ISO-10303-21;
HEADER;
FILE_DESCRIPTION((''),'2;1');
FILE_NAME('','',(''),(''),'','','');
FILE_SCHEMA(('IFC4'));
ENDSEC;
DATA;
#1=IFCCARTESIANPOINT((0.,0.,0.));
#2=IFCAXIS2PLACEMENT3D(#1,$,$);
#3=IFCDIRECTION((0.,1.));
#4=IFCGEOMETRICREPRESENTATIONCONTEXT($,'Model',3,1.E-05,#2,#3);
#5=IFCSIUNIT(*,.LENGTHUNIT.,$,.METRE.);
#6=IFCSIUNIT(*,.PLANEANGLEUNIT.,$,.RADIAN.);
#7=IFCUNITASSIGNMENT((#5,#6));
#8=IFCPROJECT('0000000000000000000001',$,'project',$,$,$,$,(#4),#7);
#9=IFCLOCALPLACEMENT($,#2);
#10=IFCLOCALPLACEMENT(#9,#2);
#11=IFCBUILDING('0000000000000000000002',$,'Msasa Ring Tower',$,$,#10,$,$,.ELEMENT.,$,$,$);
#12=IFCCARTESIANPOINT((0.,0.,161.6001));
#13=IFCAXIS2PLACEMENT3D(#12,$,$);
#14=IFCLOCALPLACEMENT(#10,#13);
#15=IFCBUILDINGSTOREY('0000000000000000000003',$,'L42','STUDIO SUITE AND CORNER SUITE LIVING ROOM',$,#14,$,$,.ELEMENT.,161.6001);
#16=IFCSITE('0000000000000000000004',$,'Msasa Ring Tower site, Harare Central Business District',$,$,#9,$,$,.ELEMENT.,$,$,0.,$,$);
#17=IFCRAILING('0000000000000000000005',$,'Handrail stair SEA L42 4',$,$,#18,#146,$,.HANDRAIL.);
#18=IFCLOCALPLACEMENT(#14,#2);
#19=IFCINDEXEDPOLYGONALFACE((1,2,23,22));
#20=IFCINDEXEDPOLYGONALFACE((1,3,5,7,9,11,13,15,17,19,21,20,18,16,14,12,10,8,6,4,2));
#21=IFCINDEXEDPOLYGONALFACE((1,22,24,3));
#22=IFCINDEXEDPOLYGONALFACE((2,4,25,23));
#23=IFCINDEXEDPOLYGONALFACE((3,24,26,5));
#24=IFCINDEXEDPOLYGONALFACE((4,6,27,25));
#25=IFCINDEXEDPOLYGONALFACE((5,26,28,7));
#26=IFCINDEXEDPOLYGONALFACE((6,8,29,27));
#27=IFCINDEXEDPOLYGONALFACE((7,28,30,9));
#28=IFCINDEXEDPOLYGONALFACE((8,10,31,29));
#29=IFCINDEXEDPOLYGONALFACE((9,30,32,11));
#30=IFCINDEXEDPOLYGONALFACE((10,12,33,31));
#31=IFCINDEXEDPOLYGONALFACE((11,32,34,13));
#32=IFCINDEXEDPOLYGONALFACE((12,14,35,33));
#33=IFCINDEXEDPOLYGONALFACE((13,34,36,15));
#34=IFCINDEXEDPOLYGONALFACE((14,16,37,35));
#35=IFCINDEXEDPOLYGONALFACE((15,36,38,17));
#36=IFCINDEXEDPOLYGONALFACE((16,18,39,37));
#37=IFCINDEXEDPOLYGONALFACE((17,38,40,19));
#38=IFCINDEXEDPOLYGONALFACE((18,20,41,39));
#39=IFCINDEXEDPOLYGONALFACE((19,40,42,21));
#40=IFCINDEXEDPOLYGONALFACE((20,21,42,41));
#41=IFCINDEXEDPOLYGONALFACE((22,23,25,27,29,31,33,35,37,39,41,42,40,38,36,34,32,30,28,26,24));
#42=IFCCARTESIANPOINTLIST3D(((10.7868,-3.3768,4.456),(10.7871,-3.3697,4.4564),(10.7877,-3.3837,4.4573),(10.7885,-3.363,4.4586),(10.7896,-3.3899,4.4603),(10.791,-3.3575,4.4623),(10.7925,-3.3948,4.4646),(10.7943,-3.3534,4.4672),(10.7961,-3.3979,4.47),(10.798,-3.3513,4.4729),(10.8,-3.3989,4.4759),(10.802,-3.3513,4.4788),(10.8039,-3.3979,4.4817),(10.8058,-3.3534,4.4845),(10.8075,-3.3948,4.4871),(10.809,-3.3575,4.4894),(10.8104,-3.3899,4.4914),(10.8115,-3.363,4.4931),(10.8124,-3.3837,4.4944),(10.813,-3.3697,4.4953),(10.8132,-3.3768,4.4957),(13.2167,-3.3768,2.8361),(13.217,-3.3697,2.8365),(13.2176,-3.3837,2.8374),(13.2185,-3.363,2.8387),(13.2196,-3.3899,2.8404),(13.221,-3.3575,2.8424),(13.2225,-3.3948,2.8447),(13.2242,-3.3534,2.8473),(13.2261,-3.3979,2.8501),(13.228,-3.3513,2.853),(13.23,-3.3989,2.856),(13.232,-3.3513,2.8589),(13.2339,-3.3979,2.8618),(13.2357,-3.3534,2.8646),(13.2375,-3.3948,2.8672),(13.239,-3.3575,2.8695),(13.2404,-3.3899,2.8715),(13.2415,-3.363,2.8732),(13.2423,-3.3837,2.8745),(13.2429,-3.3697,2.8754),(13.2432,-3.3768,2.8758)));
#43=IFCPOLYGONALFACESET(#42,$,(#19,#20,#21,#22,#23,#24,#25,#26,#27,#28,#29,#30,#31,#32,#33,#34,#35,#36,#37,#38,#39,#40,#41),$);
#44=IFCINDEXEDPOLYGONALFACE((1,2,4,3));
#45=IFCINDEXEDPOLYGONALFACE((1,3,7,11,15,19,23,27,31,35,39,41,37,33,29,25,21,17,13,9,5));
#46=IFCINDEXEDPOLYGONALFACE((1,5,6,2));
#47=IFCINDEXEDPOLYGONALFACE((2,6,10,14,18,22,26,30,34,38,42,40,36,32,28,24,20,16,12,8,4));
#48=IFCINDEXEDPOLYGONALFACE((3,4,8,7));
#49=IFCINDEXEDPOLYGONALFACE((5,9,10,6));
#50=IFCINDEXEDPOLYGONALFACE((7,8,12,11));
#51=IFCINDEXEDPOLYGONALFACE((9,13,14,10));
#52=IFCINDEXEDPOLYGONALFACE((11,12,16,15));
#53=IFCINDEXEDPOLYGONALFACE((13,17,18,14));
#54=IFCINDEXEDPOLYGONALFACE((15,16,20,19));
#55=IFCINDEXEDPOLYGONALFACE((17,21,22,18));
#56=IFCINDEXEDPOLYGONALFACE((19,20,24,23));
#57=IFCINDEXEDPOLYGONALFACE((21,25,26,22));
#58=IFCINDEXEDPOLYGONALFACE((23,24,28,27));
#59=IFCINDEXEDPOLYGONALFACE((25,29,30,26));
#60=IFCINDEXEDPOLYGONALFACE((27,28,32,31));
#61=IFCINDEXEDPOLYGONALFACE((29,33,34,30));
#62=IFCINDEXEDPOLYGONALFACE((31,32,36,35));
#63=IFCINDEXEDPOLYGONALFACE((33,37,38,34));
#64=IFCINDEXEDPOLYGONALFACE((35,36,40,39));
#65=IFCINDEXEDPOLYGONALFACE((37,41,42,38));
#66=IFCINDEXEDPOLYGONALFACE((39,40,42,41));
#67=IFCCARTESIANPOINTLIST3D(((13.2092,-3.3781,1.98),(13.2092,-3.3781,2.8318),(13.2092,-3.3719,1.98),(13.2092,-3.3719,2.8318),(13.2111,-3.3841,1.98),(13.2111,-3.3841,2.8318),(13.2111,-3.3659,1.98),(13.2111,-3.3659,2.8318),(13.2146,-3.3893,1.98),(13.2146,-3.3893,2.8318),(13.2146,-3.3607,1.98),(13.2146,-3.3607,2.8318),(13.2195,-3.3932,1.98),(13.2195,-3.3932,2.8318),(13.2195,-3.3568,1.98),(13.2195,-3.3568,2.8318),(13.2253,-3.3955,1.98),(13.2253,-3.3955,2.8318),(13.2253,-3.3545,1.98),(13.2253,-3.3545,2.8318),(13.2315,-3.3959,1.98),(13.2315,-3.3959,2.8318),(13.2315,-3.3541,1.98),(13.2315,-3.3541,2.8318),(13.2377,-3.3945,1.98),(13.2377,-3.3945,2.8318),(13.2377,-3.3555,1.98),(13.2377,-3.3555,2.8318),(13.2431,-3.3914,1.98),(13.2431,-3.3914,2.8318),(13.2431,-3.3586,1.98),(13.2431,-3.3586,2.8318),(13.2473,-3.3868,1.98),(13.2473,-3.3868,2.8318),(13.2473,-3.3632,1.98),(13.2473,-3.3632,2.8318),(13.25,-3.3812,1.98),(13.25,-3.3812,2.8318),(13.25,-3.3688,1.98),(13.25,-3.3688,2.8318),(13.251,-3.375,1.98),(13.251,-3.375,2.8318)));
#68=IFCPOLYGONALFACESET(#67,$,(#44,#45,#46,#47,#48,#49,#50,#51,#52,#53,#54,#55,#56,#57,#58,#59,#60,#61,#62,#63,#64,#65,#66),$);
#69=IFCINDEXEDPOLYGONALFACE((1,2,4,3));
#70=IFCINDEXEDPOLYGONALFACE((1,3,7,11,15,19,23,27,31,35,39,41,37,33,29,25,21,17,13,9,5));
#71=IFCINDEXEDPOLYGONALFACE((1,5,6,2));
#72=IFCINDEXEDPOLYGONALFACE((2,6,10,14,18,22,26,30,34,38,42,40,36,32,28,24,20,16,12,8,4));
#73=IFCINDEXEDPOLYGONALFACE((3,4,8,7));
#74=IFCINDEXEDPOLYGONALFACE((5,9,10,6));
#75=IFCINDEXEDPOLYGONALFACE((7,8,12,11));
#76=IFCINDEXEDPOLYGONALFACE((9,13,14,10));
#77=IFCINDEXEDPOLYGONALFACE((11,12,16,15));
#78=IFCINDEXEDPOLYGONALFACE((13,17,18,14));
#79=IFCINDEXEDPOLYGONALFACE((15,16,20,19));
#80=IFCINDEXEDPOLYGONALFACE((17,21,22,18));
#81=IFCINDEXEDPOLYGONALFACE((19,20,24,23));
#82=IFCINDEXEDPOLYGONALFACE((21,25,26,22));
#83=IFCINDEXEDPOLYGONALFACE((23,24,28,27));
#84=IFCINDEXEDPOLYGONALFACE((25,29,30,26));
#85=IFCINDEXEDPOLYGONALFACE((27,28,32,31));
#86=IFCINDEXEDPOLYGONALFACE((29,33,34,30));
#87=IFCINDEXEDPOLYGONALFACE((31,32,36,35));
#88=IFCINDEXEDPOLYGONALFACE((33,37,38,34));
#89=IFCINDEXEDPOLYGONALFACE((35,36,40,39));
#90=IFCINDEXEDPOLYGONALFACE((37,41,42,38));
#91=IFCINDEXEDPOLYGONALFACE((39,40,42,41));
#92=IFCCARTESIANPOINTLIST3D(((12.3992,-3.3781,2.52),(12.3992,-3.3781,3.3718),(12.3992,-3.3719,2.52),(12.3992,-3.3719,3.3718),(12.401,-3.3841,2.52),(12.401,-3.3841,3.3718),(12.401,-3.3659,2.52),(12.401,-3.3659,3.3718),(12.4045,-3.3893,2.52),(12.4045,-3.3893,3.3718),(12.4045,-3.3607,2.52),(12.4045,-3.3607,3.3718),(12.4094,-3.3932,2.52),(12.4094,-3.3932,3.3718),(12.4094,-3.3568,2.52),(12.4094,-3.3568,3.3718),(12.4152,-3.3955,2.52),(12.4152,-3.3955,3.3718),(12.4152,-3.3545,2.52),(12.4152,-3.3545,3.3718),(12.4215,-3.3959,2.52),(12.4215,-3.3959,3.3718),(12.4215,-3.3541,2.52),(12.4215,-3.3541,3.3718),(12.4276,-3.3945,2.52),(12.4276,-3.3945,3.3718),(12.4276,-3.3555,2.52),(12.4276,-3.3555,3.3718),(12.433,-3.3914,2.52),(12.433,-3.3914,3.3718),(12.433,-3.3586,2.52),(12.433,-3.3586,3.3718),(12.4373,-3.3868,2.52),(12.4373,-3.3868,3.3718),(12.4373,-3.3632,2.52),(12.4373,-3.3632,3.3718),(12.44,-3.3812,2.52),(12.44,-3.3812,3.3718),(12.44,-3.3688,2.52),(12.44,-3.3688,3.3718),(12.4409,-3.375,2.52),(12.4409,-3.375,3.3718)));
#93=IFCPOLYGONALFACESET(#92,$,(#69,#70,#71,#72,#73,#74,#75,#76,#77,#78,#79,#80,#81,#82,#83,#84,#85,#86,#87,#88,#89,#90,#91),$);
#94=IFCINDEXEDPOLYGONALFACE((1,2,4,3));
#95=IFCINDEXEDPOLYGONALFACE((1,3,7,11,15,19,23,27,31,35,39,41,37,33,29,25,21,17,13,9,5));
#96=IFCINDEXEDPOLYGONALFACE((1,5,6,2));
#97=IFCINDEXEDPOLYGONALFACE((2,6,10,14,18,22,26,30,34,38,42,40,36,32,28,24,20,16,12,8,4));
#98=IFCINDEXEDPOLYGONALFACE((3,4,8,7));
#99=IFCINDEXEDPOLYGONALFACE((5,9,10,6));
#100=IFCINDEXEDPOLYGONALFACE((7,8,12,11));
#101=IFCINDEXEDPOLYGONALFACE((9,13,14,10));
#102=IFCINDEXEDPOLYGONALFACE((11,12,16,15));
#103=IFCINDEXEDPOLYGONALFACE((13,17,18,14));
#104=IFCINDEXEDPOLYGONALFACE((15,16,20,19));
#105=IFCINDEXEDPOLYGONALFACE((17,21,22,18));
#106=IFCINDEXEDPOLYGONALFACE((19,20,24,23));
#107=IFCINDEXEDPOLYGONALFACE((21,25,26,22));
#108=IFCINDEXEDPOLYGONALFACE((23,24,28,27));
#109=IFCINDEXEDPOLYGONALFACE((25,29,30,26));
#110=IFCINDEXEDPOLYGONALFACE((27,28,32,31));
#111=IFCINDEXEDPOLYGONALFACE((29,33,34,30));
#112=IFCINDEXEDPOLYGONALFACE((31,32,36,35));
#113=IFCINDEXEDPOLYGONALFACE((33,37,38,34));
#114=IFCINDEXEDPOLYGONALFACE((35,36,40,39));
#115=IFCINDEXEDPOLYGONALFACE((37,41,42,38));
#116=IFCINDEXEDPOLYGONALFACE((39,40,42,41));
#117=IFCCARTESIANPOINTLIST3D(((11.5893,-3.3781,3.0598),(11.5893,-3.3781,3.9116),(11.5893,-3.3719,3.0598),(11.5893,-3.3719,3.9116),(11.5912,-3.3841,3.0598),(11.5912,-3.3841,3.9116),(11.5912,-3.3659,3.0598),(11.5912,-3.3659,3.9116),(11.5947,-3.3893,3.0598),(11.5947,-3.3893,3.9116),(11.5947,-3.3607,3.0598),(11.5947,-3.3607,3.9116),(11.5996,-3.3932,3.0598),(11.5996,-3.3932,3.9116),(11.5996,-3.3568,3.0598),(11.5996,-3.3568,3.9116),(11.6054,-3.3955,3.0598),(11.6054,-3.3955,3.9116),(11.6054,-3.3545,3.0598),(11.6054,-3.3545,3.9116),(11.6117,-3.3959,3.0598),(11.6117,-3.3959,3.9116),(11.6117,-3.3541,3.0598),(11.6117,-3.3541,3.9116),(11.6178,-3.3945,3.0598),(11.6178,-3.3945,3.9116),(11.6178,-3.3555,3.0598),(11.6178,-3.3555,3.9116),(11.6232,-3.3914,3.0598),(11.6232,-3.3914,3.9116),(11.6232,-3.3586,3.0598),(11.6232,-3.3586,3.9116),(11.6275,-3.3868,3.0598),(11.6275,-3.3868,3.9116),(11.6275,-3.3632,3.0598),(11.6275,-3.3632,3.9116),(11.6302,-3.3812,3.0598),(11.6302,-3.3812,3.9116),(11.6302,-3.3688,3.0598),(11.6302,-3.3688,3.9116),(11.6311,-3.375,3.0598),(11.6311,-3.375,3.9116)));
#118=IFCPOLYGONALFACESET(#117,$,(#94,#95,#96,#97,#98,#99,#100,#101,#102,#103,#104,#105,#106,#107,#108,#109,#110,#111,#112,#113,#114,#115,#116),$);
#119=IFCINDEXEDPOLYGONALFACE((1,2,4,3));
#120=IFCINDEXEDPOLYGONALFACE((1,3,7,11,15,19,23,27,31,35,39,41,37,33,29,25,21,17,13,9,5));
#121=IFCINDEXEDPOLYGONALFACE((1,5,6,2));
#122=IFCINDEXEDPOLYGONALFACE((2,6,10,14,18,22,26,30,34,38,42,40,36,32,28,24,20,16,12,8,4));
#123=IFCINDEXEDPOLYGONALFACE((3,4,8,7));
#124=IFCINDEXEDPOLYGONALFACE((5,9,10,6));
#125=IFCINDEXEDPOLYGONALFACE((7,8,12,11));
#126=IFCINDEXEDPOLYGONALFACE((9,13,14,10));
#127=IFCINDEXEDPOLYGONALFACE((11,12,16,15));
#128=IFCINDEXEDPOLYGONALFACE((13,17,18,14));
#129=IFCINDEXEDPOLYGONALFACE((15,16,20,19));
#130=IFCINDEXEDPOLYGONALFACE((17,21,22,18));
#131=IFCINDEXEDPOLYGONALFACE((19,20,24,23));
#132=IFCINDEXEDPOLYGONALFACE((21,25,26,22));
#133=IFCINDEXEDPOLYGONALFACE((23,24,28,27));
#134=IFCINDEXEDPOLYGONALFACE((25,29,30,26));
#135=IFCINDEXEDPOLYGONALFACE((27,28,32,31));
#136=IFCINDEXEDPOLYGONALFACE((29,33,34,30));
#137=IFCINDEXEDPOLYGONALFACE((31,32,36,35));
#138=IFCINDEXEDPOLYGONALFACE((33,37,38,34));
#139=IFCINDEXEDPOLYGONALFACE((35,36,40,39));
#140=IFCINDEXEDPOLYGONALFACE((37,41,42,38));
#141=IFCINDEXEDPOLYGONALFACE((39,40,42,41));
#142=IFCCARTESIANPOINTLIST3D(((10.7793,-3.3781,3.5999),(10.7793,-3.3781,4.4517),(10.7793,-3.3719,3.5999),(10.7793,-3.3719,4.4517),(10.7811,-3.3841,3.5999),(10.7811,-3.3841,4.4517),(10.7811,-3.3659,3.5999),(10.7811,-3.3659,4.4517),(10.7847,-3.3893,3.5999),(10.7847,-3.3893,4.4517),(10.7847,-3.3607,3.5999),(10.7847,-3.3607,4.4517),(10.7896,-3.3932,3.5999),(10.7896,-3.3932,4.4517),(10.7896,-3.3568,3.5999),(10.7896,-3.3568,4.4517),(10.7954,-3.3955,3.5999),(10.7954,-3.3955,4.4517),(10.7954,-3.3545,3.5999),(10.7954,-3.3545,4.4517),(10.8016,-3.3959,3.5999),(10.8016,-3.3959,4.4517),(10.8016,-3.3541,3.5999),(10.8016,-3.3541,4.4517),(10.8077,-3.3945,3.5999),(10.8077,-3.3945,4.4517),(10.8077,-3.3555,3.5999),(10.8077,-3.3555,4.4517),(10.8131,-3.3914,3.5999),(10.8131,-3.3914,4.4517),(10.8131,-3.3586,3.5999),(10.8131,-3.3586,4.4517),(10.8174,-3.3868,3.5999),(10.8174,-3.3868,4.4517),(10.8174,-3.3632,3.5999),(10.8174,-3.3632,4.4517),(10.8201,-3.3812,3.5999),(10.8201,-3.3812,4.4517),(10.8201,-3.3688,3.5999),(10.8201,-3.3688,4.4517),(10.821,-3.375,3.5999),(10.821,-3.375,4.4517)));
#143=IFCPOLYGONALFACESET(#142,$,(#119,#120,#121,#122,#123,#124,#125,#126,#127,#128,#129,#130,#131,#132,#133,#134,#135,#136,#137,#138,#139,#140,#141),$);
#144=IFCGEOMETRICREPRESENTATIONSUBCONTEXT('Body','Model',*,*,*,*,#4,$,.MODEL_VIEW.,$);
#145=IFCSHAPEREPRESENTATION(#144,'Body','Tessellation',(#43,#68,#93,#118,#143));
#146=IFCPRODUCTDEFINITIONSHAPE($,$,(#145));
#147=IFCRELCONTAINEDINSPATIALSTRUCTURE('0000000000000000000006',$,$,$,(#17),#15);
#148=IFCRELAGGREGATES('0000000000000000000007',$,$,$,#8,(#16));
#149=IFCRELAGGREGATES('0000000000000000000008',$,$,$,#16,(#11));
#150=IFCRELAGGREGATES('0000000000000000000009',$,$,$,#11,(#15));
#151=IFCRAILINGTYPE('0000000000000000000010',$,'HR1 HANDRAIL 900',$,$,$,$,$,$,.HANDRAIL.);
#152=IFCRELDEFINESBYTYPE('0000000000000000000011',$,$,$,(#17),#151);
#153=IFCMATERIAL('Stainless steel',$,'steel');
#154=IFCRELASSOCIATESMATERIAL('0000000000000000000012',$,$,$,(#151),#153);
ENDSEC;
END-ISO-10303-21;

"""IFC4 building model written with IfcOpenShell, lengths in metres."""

from ifc_helpers import new_model, si_unit, direction, frame, origin, origin_2d, place, context, subcontext, project, spatial, circle, extrude, material, type_object, element, save


model = new_model("IFC4")

# Units and contexts
model_context = context("Model", 3, precision=1e-05, world=origin(), true_north=direction((0.0, 1.0)))
body_context = subcontext(model_context, "Body", "Model", "MODEL_VIEW")
ifc_project = project(units=[si_unit("LENGTHUNIT", "METRE"), si_unit("PLANEANGLEUNIT", "RADIAN")], contexts=[model_context])

# Site, building, storey
site_placement = place(None, origin())
site = spatial("IfcSite", under=ifc_project, at=site_placement, Name="Msasa Ring Tower site, Harare Central Business District", CompositionType="ELEMENT", RefElevation=0.0)
building_placement = place(site_placement, origin())
building = spatial("IfcBuilding", under=site, at=building_placement, Name="Msasa Ring Tower", CompositionType="ELEMENT")
storey_placement = place(building_placement, frame((0.0, 0.0, 161.6001)))
storey = spatial("IfcBuildingStorey", under=building, at=storey_placement, Name="L42", Description="STUDIO SUITE AND CORNER SUITE LIVING ROOM", CompositionType="ELEMENT", Elevation=161.6001)

# Railing
ifc_material_1 = material(Name="Stainless steel", Category="steel")
railing_type = type_object("IfcRailingType", Name="HR1 HANDRAIL 900", PredefinedType="HANDRAIL", material=ifc_material_1)
for number, where, name in (
    (1, (13.23, -3.375, 1.98), "Handrail stair SEA L42 4"),
):
    element("IfcRailing", number, at=place(storey_placement, frame(where)), inside=storey, type_object=railing_type, Name=name, PredefinedType="HANDRAIL", context=body_context, shape_type="SweptSolid", body=[
        extrude(circle(Radius=0.0239, at=origin_2d()), frame((0.0, 0.0, 0.876), z_axis=(-0.832063, 0.0, 0.554681), x_axis=(0.0, -1.0, 0.0)), (0.0, 0.0, 1.0), 2.9204),
        extrude(circle(Radius=0.021, at=origin_2d()), origin(), (0.0, 0.0, 1.0), 0.8518),
        extrude(circle(Radius=0.021, at=origin_2d()), frame((-0.8101, 0.0, 0.54)), (0.0, 0.0, 1.0), 0.8518),
        extrude(circle(Radius=0.021, at=origin_2d()), frame((-1.6199, 0.0, 1.0798)), (0.0, 0.0, 1.0), 0.8518),
        extrude(circle(Radius=0.021, at=origin_2d()), frame((-2.4299, 0.0, 1.6199)), (0.0, 0.0, 1.0), 0.8518),
    ])

save(model, "model.ifc")
